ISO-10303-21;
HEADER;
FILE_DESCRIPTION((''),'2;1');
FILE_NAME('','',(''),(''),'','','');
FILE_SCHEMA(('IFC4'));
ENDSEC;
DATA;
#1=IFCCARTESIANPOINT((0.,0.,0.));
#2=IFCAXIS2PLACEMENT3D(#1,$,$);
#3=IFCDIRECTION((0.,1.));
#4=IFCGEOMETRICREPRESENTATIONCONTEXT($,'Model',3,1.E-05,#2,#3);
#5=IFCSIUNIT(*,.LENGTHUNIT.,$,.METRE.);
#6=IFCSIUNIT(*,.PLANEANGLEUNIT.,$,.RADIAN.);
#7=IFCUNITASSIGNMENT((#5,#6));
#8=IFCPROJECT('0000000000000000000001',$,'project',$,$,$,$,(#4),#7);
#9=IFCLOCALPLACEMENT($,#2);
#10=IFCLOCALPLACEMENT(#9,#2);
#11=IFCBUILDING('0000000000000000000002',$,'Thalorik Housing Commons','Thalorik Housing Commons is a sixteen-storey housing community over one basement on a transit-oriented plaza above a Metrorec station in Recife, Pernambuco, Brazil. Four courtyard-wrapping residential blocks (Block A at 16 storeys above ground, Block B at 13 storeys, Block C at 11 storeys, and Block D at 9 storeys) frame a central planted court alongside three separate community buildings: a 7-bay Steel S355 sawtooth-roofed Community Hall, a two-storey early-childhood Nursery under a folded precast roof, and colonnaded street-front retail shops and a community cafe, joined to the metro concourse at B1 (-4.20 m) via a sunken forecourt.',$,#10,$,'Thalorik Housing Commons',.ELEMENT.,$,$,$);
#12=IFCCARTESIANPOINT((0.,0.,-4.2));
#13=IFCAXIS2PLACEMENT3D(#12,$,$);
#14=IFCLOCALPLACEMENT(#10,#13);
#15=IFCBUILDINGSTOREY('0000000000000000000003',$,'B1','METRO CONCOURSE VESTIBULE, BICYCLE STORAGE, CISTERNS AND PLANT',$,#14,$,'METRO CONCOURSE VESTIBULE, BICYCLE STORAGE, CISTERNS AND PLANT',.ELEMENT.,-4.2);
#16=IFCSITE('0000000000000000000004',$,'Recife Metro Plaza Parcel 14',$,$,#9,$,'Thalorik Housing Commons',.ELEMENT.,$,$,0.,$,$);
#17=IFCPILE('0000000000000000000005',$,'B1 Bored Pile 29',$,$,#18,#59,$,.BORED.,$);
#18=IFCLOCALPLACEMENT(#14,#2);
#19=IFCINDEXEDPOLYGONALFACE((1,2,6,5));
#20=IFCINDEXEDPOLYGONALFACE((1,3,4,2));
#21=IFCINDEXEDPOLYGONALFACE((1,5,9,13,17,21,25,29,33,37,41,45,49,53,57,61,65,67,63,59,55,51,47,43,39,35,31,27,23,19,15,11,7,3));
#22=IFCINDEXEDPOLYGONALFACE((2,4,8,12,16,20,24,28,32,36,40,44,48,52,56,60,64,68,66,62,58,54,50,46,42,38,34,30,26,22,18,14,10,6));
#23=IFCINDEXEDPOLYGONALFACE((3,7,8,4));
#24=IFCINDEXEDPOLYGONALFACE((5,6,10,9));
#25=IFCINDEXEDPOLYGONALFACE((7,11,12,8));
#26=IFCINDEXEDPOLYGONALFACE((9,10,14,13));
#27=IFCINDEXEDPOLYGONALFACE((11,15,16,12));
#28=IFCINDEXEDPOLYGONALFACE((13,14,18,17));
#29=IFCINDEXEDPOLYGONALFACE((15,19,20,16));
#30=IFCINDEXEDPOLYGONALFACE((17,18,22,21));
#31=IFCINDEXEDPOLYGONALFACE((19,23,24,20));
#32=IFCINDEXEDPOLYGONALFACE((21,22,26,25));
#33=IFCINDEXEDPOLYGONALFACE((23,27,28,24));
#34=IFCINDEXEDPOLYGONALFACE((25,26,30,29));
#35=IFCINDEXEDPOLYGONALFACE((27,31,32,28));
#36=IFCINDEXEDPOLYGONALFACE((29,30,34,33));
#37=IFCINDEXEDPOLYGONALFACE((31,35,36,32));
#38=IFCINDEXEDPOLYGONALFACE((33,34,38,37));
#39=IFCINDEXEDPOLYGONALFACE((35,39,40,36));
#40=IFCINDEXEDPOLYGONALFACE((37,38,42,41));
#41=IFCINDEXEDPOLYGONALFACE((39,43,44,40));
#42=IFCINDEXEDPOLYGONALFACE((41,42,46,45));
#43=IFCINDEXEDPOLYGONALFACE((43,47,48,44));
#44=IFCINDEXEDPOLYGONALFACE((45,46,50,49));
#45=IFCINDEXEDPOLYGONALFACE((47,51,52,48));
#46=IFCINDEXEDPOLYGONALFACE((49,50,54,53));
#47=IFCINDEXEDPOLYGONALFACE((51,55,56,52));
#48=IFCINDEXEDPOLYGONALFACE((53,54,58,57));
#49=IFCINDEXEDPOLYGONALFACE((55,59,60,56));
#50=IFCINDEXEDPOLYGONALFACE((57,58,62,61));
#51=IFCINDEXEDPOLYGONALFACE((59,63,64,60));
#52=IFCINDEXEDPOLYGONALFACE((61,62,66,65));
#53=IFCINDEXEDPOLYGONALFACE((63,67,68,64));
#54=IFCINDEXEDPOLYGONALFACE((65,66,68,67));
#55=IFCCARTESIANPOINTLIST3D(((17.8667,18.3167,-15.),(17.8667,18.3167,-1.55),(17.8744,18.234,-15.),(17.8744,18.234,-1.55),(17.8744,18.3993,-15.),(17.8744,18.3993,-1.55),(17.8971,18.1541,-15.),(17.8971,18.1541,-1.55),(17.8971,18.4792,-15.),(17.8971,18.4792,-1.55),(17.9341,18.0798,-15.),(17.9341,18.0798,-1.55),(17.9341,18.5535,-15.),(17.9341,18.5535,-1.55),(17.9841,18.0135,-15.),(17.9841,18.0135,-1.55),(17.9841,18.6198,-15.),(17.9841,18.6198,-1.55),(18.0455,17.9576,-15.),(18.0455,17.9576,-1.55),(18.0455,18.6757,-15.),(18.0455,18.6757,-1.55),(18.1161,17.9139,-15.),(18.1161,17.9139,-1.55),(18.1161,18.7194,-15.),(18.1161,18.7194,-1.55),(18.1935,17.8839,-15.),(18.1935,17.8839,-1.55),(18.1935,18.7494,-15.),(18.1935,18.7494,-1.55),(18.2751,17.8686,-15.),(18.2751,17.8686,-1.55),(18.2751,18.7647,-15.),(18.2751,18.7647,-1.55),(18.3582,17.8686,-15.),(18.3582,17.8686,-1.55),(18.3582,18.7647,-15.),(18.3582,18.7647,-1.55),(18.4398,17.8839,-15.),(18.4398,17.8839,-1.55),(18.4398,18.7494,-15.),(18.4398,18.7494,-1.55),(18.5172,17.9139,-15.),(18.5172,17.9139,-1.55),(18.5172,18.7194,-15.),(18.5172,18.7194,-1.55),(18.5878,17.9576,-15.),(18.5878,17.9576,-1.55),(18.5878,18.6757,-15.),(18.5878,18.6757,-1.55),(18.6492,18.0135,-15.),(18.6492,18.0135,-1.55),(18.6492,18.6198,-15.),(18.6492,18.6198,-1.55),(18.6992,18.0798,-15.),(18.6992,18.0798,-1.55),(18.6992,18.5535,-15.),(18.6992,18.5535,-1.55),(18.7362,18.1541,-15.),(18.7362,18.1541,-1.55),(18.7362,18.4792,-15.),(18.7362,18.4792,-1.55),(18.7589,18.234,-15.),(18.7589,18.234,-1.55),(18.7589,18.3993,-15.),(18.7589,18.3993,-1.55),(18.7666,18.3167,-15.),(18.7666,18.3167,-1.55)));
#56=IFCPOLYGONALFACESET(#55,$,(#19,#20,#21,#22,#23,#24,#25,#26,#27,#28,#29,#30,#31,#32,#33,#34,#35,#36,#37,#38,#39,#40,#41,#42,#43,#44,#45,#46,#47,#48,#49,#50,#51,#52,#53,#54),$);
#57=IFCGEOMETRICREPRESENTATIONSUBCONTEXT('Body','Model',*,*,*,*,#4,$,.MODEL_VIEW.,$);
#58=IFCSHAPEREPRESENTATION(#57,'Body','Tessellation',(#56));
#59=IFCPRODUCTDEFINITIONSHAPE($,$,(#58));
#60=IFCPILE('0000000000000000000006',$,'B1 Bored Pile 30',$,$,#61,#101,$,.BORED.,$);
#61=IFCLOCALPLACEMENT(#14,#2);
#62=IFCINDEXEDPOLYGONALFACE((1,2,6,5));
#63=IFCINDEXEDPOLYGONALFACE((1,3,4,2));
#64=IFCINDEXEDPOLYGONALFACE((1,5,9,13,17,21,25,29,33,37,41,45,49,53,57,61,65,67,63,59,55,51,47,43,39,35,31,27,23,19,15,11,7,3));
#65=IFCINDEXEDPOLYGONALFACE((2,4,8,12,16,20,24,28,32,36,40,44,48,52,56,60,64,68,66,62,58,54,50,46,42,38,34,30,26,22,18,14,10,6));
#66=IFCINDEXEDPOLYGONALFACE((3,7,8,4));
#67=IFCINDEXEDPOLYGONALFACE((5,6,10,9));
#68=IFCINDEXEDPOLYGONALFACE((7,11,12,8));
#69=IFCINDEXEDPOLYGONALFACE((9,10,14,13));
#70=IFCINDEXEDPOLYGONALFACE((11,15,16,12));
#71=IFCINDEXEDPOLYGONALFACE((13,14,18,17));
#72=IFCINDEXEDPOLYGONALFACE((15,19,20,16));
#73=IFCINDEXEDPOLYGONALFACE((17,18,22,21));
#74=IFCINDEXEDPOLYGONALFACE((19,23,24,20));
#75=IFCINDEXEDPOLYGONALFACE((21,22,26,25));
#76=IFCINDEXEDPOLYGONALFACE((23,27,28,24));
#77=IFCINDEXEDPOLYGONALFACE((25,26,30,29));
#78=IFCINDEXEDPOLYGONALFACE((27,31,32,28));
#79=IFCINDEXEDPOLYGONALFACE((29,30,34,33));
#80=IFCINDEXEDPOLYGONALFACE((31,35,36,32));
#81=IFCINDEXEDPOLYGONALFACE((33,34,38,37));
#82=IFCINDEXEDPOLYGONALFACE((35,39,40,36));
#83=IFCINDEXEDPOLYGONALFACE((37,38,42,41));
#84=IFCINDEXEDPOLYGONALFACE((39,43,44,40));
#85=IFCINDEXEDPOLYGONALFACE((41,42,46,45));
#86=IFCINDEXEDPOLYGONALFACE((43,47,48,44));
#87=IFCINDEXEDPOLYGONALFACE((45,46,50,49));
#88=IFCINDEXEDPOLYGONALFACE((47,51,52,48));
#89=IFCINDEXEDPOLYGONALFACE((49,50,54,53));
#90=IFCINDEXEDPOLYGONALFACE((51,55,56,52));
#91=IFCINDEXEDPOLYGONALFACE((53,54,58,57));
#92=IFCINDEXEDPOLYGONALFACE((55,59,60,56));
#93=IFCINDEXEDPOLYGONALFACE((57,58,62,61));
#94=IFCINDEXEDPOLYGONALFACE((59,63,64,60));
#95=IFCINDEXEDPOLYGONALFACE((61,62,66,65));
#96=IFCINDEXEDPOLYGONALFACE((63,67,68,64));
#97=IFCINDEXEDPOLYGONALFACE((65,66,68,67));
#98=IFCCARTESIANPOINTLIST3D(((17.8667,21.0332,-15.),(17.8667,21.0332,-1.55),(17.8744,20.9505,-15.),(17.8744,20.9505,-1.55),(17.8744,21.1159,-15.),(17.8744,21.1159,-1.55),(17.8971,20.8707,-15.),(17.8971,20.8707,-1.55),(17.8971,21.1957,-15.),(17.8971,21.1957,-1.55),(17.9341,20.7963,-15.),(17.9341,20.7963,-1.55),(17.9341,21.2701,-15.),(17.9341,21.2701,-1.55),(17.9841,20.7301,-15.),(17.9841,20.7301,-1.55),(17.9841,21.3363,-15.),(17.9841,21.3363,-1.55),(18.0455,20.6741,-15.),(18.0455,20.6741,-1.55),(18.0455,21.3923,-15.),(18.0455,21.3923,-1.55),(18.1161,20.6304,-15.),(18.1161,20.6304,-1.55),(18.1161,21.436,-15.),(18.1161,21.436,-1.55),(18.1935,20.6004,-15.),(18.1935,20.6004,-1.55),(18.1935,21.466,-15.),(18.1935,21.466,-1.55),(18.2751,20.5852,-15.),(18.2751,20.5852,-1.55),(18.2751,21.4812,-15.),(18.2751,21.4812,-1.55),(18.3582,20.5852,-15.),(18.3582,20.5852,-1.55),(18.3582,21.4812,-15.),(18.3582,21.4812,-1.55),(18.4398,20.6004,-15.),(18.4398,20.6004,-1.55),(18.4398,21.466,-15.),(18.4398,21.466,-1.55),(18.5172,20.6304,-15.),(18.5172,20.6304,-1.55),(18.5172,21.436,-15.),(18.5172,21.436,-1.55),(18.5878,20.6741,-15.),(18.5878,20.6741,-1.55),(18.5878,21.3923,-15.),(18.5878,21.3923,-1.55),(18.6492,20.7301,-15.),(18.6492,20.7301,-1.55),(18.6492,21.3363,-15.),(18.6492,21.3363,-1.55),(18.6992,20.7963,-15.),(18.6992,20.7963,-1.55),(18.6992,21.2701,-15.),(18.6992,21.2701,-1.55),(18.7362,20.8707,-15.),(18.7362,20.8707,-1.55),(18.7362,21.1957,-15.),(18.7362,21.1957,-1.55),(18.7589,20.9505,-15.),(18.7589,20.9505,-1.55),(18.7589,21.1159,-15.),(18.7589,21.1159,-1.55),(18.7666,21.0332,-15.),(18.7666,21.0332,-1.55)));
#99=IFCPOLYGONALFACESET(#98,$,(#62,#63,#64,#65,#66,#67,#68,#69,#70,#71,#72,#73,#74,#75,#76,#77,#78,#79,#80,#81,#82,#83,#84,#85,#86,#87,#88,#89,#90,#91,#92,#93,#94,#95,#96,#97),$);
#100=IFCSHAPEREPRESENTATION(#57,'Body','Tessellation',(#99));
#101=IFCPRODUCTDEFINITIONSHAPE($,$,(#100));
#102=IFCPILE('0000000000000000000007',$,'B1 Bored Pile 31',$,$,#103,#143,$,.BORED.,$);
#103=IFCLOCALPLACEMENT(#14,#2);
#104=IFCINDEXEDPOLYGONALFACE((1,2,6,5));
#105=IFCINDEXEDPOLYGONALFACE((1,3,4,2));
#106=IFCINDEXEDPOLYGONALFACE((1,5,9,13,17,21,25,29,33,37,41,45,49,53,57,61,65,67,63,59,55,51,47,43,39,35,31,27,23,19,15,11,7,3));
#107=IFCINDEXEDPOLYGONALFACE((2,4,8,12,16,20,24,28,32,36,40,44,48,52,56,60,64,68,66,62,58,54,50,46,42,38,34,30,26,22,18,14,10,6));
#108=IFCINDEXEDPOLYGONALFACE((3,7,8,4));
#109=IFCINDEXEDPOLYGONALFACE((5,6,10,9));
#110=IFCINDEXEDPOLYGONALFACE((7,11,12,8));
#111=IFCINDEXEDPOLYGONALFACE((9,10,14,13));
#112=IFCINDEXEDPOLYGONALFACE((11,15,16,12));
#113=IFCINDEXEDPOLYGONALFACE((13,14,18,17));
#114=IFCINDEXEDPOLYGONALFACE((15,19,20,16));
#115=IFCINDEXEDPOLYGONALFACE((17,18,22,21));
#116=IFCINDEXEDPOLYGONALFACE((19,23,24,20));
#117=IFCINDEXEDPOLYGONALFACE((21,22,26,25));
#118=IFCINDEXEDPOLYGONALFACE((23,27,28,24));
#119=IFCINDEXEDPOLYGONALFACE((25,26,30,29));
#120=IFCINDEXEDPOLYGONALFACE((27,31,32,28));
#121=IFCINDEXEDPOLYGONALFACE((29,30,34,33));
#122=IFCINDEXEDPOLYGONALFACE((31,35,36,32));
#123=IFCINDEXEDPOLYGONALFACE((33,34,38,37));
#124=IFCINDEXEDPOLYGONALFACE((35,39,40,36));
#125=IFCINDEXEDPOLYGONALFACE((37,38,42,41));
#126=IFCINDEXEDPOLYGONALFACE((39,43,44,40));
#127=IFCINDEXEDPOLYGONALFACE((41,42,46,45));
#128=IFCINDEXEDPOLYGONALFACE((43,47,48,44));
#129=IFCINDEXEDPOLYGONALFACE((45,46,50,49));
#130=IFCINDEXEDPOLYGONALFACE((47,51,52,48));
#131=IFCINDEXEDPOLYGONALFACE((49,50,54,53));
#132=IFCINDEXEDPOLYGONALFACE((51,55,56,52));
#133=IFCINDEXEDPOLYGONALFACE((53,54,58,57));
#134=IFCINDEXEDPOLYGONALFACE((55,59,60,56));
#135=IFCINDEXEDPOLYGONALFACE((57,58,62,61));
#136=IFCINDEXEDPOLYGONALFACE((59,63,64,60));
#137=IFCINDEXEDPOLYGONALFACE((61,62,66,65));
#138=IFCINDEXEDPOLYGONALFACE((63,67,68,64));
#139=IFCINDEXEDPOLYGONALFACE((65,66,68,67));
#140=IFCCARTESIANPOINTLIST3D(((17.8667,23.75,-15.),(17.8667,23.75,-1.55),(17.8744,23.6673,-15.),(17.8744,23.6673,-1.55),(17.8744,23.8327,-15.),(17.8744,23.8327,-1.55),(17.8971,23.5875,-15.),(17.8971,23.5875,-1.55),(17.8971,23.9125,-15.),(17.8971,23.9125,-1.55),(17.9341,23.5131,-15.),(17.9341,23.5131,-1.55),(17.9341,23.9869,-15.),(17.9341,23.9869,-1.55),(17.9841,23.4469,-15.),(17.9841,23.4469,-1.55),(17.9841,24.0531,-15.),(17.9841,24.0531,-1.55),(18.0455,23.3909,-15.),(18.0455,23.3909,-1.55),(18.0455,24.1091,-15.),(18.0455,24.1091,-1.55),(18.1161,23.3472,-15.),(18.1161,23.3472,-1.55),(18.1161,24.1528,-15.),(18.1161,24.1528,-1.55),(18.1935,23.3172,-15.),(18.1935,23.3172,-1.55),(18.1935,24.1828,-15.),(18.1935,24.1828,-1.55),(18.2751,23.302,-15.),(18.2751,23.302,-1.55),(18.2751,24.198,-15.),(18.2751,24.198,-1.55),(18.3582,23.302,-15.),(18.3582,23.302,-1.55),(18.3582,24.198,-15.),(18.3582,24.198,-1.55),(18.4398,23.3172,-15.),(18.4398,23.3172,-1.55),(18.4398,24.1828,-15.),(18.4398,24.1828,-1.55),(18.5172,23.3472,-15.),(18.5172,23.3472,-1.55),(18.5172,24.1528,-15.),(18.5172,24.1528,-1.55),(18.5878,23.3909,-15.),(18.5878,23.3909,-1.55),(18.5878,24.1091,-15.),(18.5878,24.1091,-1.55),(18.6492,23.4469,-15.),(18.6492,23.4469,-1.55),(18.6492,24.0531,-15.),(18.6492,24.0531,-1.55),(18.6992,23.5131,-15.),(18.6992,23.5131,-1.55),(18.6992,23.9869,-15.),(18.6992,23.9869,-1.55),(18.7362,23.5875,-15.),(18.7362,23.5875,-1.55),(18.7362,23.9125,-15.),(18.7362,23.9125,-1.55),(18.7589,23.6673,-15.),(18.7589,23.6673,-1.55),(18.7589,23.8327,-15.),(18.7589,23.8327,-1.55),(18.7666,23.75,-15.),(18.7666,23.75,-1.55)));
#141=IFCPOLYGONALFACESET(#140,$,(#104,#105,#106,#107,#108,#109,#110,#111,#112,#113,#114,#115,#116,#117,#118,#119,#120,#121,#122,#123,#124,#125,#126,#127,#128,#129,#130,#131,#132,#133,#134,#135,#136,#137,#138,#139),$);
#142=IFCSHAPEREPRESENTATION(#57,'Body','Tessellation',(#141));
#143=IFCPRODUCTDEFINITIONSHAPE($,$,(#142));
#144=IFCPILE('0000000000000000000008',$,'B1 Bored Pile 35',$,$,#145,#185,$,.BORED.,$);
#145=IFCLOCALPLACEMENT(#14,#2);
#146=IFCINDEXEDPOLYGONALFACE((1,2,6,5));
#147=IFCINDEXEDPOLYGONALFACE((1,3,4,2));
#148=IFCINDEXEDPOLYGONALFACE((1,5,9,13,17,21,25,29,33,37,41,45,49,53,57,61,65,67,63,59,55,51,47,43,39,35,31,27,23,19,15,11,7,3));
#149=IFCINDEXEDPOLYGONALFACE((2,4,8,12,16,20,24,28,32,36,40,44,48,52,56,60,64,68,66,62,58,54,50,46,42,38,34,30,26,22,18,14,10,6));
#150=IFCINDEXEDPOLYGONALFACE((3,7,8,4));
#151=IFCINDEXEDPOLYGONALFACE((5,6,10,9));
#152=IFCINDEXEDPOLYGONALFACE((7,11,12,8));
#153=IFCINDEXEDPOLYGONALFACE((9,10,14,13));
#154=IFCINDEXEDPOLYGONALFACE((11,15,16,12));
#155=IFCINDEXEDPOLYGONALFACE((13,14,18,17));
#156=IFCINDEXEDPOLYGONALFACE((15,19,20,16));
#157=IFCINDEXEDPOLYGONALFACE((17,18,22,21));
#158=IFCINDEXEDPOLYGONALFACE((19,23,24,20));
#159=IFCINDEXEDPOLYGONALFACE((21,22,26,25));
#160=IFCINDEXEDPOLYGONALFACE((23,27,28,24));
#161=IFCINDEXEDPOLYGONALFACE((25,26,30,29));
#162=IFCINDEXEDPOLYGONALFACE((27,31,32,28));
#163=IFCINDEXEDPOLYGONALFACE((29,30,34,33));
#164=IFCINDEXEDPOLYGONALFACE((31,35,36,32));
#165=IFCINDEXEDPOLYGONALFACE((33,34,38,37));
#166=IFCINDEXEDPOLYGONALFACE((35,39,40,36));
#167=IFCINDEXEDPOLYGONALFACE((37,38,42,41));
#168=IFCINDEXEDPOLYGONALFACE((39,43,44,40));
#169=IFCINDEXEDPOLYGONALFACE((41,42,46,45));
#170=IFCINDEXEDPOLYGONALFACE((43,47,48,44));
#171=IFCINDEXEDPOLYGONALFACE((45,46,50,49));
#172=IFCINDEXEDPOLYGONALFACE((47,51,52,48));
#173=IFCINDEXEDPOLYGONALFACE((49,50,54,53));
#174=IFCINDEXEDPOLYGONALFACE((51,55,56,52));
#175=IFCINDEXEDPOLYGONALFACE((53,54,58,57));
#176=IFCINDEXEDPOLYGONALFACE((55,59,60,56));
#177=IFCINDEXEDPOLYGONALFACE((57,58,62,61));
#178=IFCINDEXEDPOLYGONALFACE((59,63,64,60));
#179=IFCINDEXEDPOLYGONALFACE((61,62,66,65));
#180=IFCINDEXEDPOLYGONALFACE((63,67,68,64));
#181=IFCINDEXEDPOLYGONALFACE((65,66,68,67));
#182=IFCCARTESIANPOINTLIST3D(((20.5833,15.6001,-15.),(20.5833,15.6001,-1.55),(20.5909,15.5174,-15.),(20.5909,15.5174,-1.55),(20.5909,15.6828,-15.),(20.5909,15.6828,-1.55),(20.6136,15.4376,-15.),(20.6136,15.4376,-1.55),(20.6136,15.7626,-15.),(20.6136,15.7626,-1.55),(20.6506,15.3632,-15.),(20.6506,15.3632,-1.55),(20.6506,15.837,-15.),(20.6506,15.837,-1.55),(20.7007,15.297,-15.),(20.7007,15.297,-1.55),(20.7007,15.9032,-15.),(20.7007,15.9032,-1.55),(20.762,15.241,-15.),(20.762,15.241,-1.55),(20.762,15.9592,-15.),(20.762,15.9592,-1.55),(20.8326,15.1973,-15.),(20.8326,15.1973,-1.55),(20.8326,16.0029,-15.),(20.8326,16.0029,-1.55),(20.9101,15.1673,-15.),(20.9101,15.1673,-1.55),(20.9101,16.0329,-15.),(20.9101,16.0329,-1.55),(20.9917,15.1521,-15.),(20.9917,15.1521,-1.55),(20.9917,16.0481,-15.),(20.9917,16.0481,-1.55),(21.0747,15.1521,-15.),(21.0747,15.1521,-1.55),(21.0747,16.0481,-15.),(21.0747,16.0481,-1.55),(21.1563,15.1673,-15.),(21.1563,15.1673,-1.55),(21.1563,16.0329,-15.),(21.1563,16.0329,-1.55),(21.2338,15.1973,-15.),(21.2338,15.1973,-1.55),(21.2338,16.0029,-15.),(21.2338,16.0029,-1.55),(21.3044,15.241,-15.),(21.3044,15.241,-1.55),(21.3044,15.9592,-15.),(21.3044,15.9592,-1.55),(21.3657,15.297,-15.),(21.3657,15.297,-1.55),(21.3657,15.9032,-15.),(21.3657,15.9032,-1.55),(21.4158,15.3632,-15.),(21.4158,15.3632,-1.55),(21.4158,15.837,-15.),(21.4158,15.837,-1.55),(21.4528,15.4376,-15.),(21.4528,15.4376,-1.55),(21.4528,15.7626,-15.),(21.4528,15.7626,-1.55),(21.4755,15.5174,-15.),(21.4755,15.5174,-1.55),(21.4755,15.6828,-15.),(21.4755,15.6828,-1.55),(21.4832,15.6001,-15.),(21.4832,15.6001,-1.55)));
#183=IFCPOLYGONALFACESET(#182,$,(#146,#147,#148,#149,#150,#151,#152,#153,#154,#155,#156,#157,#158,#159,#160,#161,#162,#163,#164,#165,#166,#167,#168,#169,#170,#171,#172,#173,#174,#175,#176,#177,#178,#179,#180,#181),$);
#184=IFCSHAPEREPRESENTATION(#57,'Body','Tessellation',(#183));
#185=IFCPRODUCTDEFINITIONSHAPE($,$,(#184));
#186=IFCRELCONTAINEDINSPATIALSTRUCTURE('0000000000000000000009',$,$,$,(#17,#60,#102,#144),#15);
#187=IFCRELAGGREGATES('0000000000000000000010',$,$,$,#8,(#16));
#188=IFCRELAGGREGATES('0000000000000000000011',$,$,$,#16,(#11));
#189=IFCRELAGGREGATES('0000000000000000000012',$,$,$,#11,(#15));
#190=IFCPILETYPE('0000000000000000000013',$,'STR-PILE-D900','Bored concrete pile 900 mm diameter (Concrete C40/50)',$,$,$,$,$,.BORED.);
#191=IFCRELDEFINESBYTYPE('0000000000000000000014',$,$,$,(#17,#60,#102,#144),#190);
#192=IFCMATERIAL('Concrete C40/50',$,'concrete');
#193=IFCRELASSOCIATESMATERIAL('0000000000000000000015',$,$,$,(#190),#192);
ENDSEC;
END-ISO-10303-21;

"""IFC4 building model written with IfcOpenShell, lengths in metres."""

from ifc_helpers import new_model, si_unit, direction, frame, origin, origin_2d, place, context, subcontext, project, spatial, circle, extrude, material, material_profile, profile_set, type_object, element, save


model = new_model("IFC4")

# Units and contexts
model_context = context("Model", 3, precision=1e-05, world=origin(), true_north=direction((0.0, 1.0)))
body_context = subcontext(model_context, "Body", "Model", "MODEL_VIEW")
ifc_project = project(units=[si_unit("LENGTHUNIT", "METRE"), si_unit("PLANEANGLEUNIT", "RADIAN")], contexts=[model_context])

# Site, building, storey
site_placement = place(None, origin())
site = spatial("IfcSite", under=ifc_project, at=site_placement, Name="Recife Metro Plaza Parcel 14", LongName="Thalorik Housing Commons", CompositionType="ELEMENT", RefElevation=0.0)
building_placement = place(site_placement, origin())
building = spatial("IfcBuilding", under=site, at=building_placement, Name="Thalorik Housing Commons", Description="Thalorik Housing Commons is a sixteen-storey housing community over one basement on a transit-oriented plaza above a Metrorec station in Recife, Pernambuco, Brazil. Four courtyard-wrapping residential blocks (Block A at 16 storeys above ground, Block B at 13 storeys, Block C at 11 storeys, and Block D at 9 storeys) frame a central planted court alongside three separate community buildings: a 7-bay Steel S355 sawtooth-roofed Community Hall, a two-storey early-childhood Nursery under a folded precast roof, and colonnaded street-front retail shops and a community cafe, joined to the metro concourse at B1 (-4.20 m) via a sunken forecourt.", LongName="Thalorik Housing Commons", CompositionType="ELEMENT")
storey_placement = place(building_placement, frame((0.0, 0.0, -4.2)))
storey = spatial("IfcBuildingStorey", under=building, at=storey_placement, Name="B1", Description="METRO CONCOURSE VESTIBULE, BICYCLE STORAGE, CISTERNS AND PLANT", LongName="METRO CONCOURSE VESTIBULE, BICYCLE STORAGE, CISTERNS AND PLANT", CompositionType="ELEMENT", Elevation=-4.2)

# Shared definitions
ifc_material_1 = material(Name="Concrete C40/50", Category="concrete")

# Piles
ifc_material_profile_1 = material_profile(ifc_material_1, circle(Radius=0.45, at=origin_2d()), Name="BORED PILE D900", Category="concrete")
ifc_profile_set_1 = profile_set([ifc_material_profile_1], Name="Concrete C40/50")
pile_type_1 = type_object("IfcPileType", Name="STR-PILE-D900", Description="Bored concrete pile 900 mm diameter (Concrete C40/50)", PredefinedType="BORED", material=ifc_profile_set_1)
for number, where, z_axis, x_axis, name in (
    (1, (18.3167, 18.3167, -1.55), (0.0, 0.0, -1.0), (1.0, 0.0, 0.0), "B1 Bored Pile 29"),
    (2, (18.3167, 21.0332, -1.55), (0.0, 0.0, -1.0), (1.0, 0.0, 0.0), "B1 Bored Pile 30"),
    (3, (18.3167, 23.75, -1.55), (0.0, 0.0, -1.0), (1.0, 0.0, 0.0), "B1 Bored Pile 31"),
    (4, (21.0332, 15.6001, -1.55), (0.0, 0.0, -1.0), (1.0, 0.0, 0.0), "B1 Bored Pile 35"),
):
    element("IfcPile", number, at=place(storey_placement, frame(where, z_axis=z_axis, x_axis=x_axis)), inside=storey, type_object=pile_type_1, Name=name, PredefinedType="BORED", context=body_context, shape_type="SweptSolid", body=[
        extrude(circle(Radius=0.45, at=origin_2d()), origin(), (0.0, 0.0, 1.0), 13.45),
    ])

save(model, "model.ifc")
